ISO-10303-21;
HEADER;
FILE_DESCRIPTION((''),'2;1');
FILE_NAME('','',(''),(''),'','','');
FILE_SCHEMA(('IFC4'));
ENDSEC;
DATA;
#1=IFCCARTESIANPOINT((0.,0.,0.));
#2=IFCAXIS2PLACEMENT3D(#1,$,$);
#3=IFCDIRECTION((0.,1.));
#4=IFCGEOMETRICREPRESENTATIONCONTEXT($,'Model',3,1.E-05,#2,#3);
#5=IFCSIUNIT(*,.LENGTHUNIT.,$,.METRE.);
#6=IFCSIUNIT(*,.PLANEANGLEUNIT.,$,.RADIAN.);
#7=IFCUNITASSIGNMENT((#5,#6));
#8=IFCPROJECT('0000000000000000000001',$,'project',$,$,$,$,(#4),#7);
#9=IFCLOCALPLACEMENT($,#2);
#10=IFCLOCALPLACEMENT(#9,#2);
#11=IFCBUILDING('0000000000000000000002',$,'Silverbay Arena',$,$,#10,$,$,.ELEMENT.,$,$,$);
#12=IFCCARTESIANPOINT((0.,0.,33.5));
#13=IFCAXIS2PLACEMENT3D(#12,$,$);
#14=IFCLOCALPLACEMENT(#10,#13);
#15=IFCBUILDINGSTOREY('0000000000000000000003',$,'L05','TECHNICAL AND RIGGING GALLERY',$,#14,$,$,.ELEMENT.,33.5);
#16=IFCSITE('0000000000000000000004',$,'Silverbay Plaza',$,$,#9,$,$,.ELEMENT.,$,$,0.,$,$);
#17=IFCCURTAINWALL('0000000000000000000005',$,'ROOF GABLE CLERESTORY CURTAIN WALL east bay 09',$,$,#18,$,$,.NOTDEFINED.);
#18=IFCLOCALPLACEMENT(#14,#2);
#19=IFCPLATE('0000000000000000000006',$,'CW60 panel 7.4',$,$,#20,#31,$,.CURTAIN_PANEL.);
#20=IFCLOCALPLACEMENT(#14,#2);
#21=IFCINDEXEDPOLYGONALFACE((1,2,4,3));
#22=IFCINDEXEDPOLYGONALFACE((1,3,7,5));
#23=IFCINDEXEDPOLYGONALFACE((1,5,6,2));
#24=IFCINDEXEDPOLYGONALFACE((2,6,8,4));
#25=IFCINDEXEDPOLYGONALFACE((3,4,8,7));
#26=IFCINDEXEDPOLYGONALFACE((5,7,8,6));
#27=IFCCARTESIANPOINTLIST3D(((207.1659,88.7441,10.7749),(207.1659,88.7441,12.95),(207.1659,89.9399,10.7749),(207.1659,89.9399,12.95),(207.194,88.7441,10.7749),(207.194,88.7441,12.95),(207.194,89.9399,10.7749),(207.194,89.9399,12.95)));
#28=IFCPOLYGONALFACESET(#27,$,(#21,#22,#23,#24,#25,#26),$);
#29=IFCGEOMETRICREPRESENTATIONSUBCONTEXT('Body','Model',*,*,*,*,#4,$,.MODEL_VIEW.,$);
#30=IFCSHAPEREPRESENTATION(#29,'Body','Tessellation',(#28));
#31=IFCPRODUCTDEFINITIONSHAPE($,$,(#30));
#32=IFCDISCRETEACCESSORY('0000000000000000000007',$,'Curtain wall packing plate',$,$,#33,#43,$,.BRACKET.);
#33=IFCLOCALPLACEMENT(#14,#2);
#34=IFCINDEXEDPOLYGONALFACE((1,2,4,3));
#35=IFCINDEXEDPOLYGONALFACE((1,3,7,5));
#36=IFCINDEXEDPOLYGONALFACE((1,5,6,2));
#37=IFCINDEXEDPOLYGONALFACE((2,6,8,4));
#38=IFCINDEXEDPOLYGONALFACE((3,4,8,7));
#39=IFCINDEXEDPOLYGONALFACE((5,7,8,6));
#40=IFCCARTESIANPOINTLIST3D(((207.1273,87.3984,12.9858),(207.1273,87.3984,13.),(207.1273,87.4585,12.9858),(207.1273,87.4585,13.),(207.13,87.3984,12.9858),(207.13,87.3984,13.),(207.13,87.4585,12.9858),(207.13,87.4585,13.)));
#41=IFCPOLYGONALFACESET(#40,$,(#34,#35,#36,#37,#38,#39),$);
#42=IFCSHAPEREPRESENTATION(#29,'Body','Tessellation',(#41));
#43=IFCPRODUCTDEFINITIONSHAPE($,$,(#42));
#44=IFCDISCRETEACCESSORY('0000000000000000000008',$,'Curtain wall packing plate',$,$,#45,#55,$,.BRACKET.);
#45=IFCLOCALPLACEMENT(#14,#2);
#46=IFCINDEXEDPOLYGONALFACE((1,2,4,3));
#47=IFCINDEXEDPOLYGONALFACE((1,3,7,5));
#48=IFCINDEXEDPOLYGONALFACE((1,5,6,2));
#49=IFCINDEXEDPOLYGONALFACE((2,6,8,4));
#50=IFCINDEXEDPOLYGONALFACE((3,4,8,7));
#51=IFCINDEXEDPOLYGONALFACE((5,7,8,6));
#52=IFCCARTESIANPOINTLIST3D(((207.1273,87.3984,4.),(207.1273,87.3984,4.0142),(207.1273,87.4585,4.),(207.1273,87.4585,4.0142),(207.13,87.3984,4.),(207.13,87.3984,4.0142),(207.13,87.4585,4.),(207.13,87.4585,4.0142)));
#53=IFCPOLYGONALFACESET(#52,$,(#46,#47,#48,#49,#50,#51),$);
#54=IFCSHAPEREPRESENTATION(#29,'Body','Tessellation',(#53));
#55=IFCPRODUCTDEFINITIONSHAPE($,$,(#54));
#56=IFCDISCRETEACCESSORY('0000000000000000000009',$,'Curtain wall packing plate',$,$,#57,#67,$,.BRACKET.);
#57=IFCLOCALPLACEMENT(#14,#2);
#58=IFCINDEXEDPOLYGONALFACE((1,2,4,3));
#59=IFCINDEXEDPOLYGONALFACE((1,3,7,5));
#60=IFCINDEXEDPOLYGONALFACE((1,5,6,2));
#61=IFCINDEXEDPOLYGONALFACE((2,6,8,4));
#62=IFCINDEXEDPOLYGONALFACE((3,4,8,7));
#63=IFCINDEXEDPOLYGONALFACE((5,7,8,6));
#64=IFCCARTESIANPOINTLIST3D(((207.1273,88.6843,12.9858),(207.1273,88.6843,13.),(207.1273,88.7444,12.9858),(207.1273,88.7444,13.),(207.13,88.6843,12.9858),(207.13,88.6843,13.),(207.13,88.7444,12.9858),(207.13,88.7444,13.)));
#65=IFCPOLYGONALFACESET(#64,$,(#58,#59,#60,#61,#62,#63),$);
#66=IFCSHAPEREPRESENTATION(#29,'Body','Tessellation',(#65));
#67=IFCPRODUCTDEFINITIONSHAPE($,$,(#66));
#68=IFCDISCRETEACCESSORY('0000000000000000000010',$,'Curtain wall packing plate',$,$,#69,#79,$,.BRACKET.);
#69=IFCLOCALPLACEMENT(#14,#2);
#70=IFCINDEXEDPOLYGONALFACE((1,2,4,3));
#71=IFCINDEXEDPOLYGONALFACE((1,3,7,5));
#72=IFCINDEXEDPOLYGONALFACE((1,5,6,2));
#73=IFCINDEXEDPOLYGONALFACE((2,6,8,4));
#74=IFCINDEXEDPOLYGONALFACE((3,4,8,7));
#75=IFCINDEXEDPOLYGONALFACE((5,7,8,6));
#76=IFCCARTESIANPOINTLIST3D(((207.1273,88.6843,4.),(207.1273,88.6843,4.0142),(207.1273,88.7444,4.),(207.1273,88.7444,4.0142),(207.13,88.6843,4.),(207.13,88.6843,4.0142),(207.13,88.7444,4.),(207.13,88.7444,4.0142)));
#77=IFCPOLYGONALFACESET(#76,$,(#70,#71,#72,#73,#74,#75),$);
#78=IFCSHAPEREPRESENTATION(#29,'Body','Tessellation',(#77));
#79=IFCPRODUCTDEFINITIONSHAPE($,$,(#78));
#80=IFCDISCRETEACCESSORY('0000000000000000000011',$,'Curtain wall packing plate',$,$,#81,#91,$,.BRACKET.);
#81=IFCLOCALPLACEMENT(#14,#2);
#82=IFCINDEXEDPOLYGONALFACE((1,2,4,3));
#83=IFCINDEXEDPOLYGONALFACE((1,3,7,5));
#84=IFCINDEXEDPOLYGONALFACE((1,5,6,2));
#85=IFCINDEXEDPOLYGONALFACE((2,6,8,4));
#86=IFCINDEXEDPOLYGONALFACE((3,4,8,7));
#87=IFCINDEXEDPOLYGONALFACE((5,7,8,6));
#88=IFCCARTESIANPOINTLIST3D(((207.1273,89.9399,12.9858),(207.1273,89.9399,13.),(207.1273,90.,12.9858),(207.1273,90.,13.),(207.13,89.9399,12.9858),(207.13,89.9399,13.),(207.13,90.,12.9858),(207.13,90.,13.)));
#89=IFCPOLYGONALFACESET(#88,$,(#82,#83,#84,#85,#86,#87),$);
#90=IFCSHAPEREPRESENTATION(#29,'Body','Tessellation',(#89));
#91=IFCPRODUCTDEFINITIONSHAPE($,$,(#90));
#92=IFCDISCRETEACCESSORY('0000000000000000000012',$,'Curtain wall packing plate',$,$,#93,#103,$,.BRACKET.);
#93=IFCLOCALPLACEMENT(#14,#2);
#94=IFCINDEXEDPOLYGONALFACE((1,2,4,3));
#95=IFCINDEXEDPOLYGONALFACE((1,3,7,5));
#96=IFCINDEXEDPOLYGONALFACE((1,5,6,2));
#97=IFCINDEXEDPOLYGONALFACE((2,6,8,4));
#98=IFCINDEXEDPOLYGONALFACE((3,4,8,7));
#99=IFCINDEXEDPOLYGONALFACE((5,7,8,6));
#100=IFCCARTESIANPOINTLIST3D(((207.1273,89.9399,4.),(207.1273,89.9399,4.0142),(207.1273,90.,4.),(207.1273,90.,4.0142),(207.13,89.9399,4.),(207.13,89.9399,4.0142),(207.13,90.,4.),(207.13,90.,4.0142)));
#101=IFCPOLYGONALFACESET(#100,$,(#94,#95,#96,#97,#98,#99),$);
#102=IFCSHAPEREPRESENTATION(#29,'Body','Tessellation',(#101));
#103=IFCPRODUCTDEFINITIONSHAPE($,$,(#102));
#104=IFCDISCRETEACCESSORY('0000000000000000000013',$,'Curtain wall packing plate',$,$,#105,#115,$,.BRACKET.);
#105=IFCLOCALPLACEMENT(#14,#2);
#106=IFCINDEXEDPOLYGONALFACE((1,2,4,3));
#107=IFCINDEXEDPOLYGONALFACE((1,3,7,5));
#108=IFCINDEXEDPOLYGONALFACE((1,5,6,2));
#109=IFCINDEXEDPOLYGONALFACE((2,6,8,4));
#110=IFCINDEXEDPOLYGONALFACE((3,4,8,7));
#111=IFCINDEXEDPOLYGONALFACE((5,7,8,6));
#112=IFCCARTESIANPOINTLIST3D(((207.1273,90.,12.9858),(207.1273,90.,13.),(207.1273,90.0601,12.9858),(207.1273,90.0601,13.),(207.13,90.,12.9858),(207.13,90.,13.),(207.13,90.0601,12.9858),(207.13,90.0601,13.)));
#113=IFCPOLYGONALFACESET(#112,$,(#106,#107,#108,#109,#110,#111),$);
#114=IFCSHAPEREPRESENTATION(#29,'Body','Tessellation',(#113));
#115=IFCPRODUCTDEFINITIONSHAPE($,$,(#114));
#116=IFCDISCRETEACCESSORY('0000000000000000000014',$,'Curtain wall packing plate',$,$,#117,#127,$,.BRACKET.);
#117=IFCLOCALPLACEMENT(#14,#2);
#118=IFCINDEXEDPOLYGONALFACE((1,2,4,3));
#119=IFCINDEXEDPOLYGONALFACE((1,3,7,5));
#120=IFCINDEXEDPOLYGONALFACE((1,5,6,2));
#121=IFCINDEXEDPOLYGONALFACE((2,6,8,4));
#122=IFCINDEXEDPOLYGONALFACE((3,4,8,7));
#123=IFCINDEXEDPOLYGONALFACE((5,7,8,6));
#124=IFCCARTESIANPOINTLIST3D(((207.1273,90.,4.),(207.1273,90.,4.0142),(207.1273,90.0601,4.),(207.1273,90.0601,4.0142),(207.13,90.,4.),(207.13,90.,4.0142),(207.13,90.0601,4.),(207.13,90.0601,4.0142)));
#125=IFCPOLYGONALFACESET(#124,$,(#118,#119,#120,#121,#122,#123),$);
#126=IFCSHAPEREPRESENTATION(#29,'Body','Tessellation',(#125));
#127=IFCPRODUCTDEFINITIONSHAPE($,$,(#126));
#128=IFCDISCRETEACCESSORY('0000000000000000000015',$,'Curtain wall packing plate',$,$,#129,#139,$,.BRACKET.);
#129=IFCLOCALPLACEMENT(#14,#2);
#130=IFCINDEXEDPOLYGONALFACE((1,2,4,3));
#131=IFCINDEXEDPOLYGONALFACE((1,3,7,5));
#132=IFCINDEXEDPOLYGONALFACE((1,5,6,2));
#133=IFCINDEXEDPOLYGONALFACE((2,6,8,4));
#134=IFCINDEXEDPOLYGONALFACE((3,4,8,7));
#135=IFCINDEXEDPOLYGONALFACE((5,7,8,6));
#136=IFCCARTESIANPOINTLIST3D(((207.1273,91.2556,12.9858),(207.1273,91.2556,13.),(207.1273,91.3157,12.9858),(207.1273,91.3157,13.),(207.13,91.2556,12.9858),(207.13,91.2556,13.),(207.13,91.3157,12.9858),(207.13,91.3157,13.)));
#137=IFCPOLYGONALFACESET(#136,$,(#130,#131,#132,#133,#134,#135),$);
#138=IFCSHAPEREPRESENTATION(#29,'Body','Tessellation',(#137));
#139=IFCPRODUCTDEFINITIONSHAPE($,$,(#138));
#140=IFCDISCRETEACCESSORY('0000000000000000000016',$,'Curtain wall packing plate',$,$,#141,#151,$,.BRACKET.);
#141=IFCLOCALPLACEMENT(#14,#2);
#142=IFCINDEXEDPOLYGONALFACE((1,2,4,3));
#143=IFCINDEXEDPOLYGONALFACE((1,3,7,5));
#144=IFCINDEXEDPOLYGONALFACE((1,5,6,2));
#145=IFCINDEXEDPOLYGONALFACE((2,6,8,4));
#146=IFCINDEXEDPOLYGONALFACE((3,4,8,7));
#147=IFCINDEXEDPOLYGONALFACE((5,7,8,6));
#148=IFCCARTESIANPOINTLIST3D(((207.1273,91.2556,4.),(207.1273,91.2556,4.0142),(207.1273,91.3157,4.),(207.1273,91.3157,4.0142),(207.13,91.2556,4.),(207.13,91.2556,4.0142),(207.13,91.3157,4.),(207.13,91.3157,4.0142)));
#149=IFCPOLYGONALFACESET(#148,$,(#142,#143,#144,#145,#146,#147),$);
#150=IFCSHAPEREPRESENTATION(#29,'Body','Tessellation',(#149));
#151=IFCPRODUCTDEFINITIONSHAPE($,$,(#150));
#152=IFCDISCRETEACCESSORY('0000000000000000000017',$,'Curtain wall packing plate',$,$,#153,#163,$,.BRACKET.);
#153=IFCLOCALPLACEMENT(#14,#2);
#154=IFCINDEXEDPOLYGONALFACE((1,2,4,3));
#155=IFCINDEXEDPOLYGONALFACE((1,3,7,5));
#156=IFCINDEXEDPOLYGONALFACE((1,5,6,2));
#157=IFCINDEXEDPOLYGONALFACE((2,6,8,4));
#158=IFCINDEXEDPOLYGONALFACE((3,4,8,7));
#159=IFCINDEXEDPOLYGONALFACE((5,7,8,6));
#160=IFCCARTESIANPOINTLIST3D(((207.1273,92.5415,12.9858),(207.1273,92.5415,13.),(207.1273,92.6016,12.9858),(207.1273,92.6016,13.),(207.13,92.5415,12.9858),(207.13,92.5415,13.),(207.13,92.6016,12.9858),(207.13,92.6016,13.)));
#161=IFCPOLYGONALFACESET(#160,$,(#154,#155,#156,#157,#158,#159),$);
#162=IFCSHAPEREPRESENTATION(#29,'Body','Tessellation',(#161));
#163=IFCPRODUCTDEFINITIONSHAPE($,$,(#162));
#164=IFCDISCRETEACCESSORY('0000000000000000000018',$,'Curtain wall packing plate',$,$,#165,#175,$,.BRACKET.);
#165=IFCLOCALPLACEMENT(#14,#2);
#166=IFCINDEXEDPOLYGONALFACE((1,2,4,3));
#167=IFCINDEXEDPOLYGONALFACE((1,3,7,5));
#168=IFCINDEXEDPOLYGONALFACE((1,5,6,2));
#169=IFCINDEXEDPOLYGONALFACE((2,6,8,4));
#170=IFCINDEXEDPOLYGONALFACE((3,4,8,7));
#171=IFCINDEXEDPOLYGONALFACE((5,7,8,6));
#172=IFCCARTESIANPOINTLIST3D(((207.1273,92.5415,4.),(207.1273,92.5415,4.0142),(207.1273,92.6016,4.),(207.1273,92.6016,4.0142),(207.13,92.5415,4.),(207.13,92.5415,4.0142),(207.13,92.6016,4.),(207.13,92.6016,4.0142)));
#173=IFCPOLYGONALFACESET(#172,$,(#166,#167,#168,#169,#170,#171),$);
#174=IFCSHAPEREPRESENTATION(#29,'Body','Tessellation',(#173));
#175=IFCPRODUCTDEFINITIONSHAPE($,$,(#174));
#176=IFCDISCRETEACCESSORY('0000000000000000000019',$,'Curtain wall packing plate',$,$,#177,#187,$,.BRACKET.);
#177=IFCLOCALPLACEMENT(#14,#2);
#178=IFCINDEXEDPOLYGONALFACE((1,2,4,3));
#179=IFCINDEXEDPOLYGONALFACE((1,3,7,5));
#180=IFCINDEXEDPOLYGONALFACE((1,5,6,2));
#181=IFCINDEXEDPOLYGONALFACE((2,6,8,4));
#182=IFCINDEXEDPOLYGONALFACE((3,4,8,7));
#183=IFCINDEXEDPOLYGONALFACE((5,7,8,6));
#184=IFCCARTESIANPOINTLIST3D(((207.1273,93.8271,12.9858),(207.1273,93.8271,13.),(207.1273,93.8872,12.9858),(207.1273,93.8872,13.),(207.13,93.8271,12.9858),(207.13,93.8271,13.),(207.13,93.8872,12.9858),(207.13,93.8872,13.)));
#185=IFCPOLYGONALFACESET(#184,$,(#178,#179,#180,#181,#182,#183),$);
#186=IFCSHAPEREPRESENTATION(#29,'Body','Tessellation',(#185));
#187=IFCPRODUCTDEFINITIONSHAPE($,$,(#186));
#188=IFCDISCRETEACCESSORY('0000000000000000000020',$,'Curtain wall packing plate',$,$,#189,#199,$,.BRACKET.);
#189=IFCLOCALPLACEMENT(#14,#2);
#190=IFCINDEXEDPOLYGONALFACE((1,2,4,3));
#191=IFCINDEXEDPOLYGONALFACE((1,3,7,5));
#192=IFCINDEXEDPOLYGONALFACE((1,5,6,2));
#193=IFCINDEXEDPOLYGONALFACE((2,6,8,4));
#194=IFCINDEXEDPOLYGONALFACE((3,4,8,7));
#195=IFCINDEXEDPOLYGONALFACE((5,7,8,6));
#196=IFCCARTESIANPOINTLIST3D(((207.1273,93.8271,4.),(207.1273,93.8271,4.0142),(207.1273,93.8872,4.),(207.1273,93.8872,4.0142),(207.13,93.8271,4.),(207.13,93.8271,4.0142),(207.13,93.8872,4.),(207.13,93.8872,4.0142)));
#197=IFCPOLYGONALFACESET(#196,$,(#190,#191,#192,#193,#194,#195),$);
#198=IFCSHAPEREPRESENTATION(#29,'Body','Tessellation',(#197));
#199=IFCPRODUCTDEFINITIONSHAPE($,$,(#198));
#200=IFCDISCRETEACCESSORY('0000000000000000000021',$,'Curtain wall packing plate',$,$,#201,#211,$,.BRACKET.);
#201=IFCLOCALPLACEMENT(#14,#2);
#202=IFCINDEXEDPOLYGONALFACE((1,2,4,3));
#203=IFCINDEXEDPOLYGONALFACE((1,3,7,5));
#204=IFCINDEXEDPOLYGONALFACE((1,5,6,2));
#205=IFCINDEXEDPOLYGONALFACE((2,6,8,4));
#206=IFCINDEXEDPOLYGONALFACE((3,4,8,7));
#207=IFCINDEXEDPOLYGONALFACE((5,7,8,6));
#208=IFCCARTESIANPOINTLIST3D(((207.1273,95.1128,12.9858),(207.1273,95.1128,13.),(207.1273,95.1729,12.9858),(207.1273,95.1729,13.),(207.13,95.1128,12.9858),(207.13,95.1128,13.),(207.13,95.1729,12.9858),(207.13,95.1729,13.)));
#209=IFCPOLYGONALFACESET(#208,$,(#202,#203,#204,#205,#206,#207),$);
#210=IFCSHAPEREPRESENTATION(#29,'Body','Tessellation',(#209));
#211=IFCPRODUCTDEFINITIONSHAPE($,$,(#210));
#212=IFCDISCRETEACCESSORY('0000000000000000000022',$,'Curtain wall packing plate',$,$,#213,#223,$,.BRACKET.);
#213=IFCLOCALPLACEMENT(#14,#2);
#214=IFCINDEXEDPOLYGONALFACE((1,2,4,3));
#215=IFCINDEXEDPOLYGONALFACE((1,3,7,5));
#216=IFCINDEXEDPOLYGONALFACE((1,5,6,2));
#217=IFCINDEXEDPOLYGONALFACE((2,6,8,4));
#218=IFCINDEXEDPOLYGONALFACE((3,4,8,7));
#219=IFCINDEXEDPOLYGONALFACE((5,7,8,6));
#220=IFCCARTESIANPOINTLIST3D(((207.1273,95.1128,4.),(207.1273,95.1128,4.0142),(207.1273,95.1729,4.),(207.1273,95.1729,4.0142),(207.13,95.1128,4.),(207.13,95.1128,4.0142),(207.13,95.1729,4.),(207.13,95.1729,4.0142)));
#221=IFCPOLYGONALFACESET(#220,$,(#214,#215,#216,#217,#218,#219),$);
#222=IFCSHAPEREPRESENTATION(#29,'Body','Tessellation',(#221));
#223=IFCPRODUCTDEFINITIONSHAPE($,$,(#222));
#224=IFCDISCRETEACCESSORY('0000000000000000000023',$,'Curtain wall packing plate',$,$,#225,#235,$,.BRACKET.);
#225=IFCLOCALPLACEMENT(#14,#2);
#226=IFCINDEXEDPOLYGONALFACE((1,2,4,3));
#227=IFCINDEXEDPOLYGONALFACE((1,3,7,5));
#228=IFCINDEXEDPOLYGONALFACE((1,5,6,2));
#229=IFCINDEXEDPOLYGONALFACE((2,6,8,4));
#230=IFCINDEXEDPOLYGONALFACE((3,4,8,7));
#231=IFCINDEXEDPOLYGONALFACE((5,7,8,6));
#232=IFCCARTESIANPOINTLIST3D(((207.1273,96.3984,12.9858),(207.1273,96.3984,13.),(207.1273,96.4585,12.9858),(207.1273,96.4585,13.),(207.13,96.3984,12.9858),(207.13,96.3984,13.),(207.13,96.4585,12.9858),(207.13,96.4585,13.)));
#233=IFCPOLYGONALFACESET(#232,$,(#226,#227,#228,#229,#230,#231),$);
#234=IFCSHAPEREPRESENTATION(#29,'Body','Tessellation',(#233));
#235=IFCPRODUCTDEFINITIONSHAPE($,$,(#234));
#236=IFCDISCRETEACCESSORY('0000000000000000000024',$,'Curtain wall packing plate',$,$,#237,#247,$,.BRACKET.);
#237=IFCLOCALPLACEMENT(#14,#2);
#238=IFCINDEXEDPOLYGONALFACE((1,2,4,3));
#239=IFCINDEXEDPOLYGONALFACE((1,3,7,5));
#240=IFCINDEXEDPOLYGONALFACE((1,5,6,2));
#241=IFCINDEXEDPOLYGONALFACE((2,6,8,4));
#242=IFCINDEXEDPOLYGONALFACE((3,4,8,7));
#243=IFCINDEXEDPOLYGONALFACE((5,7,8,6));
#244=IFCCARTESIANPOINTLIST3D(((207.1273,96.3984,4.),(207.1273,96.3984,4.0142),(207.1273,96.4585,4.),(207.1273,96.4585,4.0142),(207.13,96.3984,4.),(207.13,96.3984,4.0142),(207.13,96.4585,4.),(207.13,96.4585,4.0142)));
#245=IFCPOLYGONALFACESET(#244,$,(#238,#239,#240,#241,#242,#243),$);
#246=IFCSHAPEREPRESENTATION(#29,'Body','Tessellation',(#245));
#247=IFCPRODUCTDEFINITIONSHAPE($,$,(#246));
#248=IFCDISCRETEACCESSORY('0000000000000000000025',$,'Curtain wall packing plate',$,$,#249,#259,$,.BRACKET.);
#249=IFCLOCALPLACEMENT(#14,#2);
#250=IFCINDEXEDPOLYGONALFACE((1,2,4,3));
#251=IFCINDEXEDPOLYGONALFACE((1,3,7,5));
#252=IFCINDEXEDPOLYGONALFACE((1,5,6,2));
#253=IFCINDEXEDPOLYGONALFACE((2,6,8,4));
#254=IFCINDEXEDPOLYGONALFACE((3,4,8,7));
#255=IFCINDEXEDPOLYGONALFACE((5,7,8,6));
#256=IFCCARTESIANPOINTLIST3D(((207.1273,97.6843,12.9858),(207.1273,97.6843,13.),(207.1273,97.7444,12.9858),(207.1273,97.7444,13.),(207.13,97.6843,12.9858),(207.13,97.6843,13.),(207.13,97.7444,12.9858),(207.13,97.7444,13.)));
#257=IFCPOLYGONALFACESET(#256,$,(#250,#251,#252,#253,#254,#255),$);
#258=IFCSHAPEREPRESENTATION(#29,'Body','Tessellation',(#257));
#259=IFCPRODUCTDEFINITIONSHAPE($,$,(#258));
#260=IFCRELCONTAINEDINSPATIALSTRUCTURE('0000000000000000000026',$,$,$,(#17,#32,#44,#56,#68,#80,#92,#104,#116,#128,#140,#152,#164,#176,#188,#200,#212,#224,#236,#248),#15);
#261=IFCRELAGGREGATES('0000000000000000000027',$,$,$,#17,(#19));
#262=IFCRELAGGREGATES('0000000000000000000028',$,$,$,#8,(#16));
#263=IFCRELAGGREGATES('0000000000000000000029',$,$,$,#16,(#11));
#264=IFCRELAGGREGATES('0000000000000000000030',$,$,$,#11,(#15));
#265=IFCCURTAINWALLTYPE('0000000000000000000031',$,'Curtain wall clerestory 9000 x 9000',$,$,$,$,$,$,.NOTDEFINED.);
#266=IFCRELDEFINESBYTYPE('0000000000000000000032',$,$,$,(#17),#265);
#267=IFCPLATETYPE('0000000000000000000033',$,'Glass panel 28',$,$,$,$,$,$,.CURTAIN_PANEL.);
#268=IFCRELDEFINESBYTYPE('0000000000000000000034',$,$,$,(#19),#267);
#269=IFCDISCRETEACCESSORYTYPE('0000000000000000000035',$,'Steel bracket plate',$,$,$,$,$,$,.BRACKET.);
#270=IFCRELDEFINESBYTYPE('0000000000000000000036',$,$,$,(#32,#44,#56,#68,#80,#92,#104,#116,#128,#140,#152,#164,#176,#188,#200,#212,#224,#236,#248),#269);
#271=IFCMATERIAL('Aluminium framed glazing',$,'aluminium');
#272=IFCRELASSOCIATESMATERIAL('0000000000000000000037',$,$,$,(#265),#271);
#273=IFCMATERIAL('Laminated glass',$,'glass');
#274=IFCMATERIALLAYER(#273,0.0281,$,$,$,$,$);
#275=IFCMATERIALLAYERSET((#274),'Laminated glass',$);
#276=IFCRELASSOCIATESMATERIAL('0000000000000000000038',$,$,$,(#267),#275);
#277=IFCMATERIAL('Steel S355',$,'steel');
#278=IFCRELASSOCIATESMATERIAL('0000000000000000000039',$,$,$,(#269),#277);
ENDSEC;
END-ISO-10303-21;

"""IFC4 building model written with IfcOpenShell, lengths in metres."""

from ifc_helpers import new_model, si_unit, direction, frame, origin, origin_2d, place, context, subcontext, project, spatial, rectangle, extrude, material, layer, layer_set, type_object, element, aggregate, save


model = new_model("IFC4")

# Units and contexts
model_context = context("Model", 3, precision=1e-05, world=origin(), true_north=direction((0.0, 1.0)))
body_context = subcontext(model_context, "Body", "Model", "MODEL_VIEW")
ifc_project = project(units=[si_unit("LENGTHUNIT", "METRE"), si_unit("PLANEANGLEUNIT", "RADIAN")], contexts=[model_context])

# Site, building, storey
site_placement = place(None, origin())
site = spatial("IfcSite", under=ifc_project, at=site_placement, Name="Silverbay Plaza", CompositionType="ELEMENT", RefElevation=0.0)
building_placement = place(site_placement, origin())
building = spatial("IfcBuilding", under=site, at=building_placement, Name="Silverbay Arena", CompositionType="ELEMENT")
storey_placement = place(building_placement, frame((0.0, 0.0, 33.5)))
storey = spatial("IfcBuildingStorey", under=building, at=storey_placement, Name="L05", Description="TECHNICAL AND RIGGING GALLERY", CompositionType="ELEMENT", Elevation=33.5)

# Curtain wall, plate
ifc_material_1 = material(Name="Aluminium framed glazing", Category="aluminium")
curtain_wall_type = type_object("IfcCurtainWallType", Name="Curtain wall clerestory 9000 x 9000", PredefinedType="NOTDEFINED", material=ifc_material_1)
curtain_wall_placement = place(storey_placement, origin())
curtain_wall = element("IfcCurtainWall", 1, at=curtain_wall_placement, inside=storey, type_object=curtain_wall_type, Name="ROOF GABLE CLERESTORY CURTAIN WALL east bay 09", PredefinedType="NOTDEFINED")
ifc_material_2 = material(Name="Laminated glass", Category="glass")
ifc_layer = layer(ifc_material_2, 0.0281)
ifc_layer_set = layer_set([ifc_layer], Name="Laminated glass")
plate_type = type_object("IfcPlateType", Name="Glass panel 28", PredefinedType="CURTAIN_PANEL", material=ifc_layer_set)
plate_1_placement = place(storey_placement, frame((207.1799, 89.342, 10.7749), z_axis=(0.0, 0.0, 1.0), x_axis=(0.0, 1.0, 0.0)))
plate_1 = element("IfcPlate", 2, at=plate_1_placement, type_object=plate_type, Name="CW60 panel 7.4", PredefinedType="CURTAIN_PANEL", context=body_context, shape_type="SweptSolid", body=[
    extrude(rectangle(XDim=1.1958, YDim=0.0281, at=origin_2d()), origin(), (0.0, 0.0, 1.0), 2.175),
])
aggregate(curtain_wall, [plate_1])

# Discrete accessories
ifc_material_3 = material(Name="Steel S355", Category="steel")
discrete_accessory_type = type_object("IfcDiscreteAccessoryType", Name="Steel bracket plate", PredefinedType="BRACKET", material=ifc_material_3)
for number, where, z_axis, x_axis, name in (
    (3, (207.1287, 87.4285, 12.9858), (0.0, 0.0, 1.0), (1.0, 0.0, 0.0), "Curtain wall packing plate"),
    (4, (207.1287, 87.4285, 4.0), (0.0, 0.0, 1.0), (1.0, 0.0, 0.0), "Curtain wall packing plate"),
    (5, (207.1287, 88.7144, 12.9858), (0.0, 0.0, 1.0), (1.0, 0.0, 0.0), "Curtain wall packing plate"),
    (6, (207.1287, 88.7144, 4.0), (0.0, 0.0, 1.0), (1.0, 0.0, 0.0), "Curtain wall packing plate"),
    (7, (207.1287, 89.97, 12.9858), (0.0, 0.0, 1.0), (1.0, 0.0, 0.0), "Curtain wall packing plate"),
    (8, (207.1287, 89.97, 4.0), (0.0, 0.0, 1.0), (1.0, 0.0, 0.0), "Curtain wall packing plate"),
    (9, (207.1287, 90.03, 12.9858), (0.0, 0.0, 1.0), (1.0, 0.0, 0.0), "Curtain wall packing plate"),
    (10, (207.1287, 90.03, 4.0), (0.0, 0.0, 1.0), (1.0, 0.0, 0.0), "Curtain wall packing plate"),
    (11, (207.1287, 91.2856, 12.9858), (0.0, 0.0, 1.0), (1.0, 0.0, 0.0), "Curtain wall packing plate"),
    (12, (207.1287, 91.2856, 4.0), (0.0, 0.0, 1.0), (1.0, 0.0, 0.0), "Curtain wall packing plate"),
    (13, (207.1287, 92.5715, 12.9858), (0.0, 0.0, 1.0), (1.0, 0.0, 0.0), "Curtain wall packing plate"),
    (14, (207.1287, 92.5715, 4.0), (0.0, 0.0, 1.0), (1.0, 0.0, 0.0), "Curtain wall packing plate"),
    (15, (207.1287, 93.8572, 12.9858), (0.0, 0.0, 1.0), (1.0, 0.0, 0.0), "Curtain wall packing plate"),
    (16, (207.1287, 93.8572, 4.0), (0.0, 0.0, 1.0), (1.0, 0.0, 0.0), "Curtain wall packing plate"),
    (17, (207.1287, 95.1428, 12.9858), (0.0, 0.0, 1.0), (1.0, 0.0, 0.0), "Curtain wall packing plate"),
    (18, (207.1287, 95.1428, 4.0), (0.0, 0.0, 1.0), (1.0, 0.0, 0.0), "Curtain wall packing plate"),
    (19, (207.1287, 96.4285, 12.9858), (0.0, 0.0, 1.0), (1.0, 0.0, 0.0), "Curtain wall packing plate"),
    (20, (207.1287, 96.4285, 4.0), (0.0, 0.0, 1.0), (1.0, 0.0, 0.0), "Curtain wall packing plate"),
    (21, (207.1287, 97.7144, 12.9858), (0.0, 0.0, 1.0), (1.0, 0.0, 0.0), "Curtain wall packing plate"),
):
    element("IfcDiscreteAccessory", number, at=place(storey_placement, frame(where, z_axis=z_axis, x_axis=x_axis)), inside=storey, type_object=discrete_accessory_type, Name=name, PredefinedType="BRACKET", context=body_context, shape_type="SweptSolid", body=[
        extrude(rectangle(XDim=0.0027, YDim=0.0601, at=origin_2d()), origin(), (0.0, 0.0, 1.0), 0.0142),
    ])

save(model, "model.ifc")
